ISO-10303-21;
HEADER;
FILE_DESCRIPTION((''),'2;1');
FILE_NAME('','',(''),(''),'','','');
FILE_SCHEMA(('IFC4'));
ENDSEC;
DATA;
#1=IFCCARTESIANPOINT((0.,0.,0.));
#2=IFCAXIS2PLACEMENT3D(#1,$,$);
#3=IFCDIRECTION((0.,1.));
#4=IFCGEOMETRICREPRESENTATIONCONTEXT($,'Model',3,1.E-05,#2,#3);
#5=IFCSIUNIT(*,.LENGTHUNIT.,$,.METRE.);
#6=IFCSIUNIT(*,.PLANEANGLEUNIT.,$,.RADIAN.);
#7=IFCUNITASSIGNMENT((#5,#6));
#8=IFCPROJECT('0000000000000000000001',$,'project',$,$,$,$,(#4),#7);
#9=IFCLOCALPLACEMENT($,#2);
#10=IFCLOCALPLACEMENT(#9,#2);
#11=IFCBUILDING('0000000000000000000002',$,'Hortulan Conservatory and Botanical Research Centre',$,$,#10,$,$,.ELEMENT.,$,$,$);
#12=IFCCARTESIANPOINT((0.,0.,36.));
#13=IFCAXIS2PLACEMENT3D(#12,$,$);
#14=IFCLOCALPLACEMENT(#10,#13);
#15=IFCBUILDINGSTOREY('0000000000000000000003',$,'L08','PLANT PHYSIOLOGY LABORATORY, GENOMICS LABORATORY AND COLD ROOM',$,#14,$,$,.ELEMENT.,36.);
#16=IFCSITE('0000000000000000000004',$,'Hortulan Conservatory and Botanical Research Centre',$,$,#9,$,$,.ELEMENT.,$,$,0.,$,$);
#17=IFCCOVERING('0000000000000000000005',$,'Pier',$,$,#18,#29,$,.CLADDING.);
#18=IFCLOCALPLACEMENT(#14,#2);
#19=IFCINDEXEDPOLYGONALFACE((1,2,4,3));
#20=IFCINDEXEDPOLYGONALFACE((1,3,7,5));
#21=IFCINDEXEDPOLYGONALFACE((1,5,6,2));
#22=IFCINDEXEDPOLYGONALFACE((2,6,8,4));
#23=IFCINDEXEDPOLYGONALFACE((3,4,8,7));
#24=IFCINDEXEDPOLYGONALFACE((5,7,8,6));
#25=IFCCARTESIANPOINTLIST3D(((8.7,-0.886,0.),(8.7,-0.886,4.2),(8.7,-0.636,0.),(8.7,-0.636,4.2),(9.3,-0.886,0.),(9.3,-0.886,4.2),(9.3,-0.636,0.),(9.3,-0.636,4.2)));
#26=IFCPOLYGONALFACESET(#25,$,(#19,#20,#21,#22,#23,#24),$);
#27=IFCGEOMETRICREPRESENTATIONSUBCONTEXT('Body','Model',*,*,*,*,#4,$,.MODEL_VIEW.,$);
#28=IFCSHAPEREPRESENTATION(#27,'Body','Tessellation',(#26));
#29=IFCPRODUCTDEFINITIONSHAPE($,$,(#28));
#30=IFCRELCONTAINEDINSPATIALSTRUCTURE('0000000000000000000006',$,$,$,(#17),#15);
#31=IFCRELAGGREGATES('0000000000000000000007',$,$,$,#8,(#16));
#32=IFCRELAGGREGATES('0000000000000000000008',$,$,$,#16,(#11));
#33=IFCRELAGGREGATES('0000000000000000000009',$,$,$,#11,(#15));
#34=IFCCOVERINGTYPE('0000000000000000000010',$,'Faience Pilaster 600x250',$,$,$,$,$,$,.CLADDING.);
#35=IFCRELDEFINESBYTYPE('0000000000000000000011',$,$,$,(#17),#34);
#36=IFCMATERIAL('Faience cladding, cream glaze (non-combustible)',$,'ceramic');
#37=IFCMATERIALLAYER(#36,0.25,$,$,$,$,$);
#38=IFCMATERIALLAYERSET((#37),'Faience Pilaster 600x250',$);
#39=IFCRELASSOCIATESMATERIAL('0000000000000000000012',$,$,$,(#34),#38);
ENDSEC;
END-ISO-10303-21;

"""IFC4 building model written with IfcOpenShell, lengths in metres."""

from ifc_helpers import new_model, si_unit, direction, frame, origin, origin_2d, place, context, subcontext, project, spatial, rectangle, extrude, material, layer, layer_set, type_object, element, save


model = new_model("IFC4")

# Units and contexts
model_context = context("Model", 3, precision=1e-05, world=origin(), true_north=direction((0.0, 1.0)))
body_context = subcontext(model_context, "Body", "Model", "MODEL_VIEW")
ifc_project = project(units=[si_unit("LENGTHUNIT", "METRE"), si_unit("PLANEANGLEUNIT", "RADIAN")], contexts=[model_context])

# Site, building, storey
site_placement = place(None, origin())
site = spatial("IfcSite", under=ifc_project, at=site_placement, Name="Hortulan Conservatory and Botanical Research Centre", CompositionType="ELEMENT", RefElevation=0.0)
building_placement = place(site_placement, origin())
building = spatial("IfcBuilding", under=site, at=building_placement, Name="Hortulan Conservatory and Botanical Research Centre", CompositionType="ELEMENT")
storey_placement = place(building_placement, frame((0.0, 0.0, 36.0)))
storey = spatial("IfcBuildingStorey", under=building, at=storey_placement, Name="L08", Description="PLANT PHYSIOLOGY LABORATORY, GENOMICS LABORATORY AND COLD ROOM", CompositionType="ELEMENT", Elevation=36.0)

# Covering
ifc_material_1 = material(Name="Faience cladding, cream glaze (non-combustible)", Category="ceramic")
ifc_layer_1 = layer(ifc_material_1, 0.25)
ifc_layer_set_1 = layer_set([ifc_layer_1], Name="Faience Pilaster 600x250")
covering_type_1 = type_object("IfcCoveringType", Name="Faience Pilaster 600x250", PredefinedType="CLADDING", material=ifc_layer_set_1)
for number, where, z_axis, x_axis, name in (
    (1, (9.0, -0.761, 0.0), (0.0, 0.0, 1.0), (-1.0, 0.0, 0.0), "Pier"),
):
    element("IfcCovering", number, at=place(storey_placement, frame(where, z_axis=z_axis, x_axis=x_axis)), inside=storey, type_object=covering_type_1, Name=name, PredefinedType="CLADDING", context=body_context, shape_type="SweptSolid", body=[
        extrude(rectangle(XDim=0.6001, YDim=0.25, at=origin_2d()), origin(), (0.0, 0.0, 1.0), 4.2),
    ])

save(model, "model.ifc")
